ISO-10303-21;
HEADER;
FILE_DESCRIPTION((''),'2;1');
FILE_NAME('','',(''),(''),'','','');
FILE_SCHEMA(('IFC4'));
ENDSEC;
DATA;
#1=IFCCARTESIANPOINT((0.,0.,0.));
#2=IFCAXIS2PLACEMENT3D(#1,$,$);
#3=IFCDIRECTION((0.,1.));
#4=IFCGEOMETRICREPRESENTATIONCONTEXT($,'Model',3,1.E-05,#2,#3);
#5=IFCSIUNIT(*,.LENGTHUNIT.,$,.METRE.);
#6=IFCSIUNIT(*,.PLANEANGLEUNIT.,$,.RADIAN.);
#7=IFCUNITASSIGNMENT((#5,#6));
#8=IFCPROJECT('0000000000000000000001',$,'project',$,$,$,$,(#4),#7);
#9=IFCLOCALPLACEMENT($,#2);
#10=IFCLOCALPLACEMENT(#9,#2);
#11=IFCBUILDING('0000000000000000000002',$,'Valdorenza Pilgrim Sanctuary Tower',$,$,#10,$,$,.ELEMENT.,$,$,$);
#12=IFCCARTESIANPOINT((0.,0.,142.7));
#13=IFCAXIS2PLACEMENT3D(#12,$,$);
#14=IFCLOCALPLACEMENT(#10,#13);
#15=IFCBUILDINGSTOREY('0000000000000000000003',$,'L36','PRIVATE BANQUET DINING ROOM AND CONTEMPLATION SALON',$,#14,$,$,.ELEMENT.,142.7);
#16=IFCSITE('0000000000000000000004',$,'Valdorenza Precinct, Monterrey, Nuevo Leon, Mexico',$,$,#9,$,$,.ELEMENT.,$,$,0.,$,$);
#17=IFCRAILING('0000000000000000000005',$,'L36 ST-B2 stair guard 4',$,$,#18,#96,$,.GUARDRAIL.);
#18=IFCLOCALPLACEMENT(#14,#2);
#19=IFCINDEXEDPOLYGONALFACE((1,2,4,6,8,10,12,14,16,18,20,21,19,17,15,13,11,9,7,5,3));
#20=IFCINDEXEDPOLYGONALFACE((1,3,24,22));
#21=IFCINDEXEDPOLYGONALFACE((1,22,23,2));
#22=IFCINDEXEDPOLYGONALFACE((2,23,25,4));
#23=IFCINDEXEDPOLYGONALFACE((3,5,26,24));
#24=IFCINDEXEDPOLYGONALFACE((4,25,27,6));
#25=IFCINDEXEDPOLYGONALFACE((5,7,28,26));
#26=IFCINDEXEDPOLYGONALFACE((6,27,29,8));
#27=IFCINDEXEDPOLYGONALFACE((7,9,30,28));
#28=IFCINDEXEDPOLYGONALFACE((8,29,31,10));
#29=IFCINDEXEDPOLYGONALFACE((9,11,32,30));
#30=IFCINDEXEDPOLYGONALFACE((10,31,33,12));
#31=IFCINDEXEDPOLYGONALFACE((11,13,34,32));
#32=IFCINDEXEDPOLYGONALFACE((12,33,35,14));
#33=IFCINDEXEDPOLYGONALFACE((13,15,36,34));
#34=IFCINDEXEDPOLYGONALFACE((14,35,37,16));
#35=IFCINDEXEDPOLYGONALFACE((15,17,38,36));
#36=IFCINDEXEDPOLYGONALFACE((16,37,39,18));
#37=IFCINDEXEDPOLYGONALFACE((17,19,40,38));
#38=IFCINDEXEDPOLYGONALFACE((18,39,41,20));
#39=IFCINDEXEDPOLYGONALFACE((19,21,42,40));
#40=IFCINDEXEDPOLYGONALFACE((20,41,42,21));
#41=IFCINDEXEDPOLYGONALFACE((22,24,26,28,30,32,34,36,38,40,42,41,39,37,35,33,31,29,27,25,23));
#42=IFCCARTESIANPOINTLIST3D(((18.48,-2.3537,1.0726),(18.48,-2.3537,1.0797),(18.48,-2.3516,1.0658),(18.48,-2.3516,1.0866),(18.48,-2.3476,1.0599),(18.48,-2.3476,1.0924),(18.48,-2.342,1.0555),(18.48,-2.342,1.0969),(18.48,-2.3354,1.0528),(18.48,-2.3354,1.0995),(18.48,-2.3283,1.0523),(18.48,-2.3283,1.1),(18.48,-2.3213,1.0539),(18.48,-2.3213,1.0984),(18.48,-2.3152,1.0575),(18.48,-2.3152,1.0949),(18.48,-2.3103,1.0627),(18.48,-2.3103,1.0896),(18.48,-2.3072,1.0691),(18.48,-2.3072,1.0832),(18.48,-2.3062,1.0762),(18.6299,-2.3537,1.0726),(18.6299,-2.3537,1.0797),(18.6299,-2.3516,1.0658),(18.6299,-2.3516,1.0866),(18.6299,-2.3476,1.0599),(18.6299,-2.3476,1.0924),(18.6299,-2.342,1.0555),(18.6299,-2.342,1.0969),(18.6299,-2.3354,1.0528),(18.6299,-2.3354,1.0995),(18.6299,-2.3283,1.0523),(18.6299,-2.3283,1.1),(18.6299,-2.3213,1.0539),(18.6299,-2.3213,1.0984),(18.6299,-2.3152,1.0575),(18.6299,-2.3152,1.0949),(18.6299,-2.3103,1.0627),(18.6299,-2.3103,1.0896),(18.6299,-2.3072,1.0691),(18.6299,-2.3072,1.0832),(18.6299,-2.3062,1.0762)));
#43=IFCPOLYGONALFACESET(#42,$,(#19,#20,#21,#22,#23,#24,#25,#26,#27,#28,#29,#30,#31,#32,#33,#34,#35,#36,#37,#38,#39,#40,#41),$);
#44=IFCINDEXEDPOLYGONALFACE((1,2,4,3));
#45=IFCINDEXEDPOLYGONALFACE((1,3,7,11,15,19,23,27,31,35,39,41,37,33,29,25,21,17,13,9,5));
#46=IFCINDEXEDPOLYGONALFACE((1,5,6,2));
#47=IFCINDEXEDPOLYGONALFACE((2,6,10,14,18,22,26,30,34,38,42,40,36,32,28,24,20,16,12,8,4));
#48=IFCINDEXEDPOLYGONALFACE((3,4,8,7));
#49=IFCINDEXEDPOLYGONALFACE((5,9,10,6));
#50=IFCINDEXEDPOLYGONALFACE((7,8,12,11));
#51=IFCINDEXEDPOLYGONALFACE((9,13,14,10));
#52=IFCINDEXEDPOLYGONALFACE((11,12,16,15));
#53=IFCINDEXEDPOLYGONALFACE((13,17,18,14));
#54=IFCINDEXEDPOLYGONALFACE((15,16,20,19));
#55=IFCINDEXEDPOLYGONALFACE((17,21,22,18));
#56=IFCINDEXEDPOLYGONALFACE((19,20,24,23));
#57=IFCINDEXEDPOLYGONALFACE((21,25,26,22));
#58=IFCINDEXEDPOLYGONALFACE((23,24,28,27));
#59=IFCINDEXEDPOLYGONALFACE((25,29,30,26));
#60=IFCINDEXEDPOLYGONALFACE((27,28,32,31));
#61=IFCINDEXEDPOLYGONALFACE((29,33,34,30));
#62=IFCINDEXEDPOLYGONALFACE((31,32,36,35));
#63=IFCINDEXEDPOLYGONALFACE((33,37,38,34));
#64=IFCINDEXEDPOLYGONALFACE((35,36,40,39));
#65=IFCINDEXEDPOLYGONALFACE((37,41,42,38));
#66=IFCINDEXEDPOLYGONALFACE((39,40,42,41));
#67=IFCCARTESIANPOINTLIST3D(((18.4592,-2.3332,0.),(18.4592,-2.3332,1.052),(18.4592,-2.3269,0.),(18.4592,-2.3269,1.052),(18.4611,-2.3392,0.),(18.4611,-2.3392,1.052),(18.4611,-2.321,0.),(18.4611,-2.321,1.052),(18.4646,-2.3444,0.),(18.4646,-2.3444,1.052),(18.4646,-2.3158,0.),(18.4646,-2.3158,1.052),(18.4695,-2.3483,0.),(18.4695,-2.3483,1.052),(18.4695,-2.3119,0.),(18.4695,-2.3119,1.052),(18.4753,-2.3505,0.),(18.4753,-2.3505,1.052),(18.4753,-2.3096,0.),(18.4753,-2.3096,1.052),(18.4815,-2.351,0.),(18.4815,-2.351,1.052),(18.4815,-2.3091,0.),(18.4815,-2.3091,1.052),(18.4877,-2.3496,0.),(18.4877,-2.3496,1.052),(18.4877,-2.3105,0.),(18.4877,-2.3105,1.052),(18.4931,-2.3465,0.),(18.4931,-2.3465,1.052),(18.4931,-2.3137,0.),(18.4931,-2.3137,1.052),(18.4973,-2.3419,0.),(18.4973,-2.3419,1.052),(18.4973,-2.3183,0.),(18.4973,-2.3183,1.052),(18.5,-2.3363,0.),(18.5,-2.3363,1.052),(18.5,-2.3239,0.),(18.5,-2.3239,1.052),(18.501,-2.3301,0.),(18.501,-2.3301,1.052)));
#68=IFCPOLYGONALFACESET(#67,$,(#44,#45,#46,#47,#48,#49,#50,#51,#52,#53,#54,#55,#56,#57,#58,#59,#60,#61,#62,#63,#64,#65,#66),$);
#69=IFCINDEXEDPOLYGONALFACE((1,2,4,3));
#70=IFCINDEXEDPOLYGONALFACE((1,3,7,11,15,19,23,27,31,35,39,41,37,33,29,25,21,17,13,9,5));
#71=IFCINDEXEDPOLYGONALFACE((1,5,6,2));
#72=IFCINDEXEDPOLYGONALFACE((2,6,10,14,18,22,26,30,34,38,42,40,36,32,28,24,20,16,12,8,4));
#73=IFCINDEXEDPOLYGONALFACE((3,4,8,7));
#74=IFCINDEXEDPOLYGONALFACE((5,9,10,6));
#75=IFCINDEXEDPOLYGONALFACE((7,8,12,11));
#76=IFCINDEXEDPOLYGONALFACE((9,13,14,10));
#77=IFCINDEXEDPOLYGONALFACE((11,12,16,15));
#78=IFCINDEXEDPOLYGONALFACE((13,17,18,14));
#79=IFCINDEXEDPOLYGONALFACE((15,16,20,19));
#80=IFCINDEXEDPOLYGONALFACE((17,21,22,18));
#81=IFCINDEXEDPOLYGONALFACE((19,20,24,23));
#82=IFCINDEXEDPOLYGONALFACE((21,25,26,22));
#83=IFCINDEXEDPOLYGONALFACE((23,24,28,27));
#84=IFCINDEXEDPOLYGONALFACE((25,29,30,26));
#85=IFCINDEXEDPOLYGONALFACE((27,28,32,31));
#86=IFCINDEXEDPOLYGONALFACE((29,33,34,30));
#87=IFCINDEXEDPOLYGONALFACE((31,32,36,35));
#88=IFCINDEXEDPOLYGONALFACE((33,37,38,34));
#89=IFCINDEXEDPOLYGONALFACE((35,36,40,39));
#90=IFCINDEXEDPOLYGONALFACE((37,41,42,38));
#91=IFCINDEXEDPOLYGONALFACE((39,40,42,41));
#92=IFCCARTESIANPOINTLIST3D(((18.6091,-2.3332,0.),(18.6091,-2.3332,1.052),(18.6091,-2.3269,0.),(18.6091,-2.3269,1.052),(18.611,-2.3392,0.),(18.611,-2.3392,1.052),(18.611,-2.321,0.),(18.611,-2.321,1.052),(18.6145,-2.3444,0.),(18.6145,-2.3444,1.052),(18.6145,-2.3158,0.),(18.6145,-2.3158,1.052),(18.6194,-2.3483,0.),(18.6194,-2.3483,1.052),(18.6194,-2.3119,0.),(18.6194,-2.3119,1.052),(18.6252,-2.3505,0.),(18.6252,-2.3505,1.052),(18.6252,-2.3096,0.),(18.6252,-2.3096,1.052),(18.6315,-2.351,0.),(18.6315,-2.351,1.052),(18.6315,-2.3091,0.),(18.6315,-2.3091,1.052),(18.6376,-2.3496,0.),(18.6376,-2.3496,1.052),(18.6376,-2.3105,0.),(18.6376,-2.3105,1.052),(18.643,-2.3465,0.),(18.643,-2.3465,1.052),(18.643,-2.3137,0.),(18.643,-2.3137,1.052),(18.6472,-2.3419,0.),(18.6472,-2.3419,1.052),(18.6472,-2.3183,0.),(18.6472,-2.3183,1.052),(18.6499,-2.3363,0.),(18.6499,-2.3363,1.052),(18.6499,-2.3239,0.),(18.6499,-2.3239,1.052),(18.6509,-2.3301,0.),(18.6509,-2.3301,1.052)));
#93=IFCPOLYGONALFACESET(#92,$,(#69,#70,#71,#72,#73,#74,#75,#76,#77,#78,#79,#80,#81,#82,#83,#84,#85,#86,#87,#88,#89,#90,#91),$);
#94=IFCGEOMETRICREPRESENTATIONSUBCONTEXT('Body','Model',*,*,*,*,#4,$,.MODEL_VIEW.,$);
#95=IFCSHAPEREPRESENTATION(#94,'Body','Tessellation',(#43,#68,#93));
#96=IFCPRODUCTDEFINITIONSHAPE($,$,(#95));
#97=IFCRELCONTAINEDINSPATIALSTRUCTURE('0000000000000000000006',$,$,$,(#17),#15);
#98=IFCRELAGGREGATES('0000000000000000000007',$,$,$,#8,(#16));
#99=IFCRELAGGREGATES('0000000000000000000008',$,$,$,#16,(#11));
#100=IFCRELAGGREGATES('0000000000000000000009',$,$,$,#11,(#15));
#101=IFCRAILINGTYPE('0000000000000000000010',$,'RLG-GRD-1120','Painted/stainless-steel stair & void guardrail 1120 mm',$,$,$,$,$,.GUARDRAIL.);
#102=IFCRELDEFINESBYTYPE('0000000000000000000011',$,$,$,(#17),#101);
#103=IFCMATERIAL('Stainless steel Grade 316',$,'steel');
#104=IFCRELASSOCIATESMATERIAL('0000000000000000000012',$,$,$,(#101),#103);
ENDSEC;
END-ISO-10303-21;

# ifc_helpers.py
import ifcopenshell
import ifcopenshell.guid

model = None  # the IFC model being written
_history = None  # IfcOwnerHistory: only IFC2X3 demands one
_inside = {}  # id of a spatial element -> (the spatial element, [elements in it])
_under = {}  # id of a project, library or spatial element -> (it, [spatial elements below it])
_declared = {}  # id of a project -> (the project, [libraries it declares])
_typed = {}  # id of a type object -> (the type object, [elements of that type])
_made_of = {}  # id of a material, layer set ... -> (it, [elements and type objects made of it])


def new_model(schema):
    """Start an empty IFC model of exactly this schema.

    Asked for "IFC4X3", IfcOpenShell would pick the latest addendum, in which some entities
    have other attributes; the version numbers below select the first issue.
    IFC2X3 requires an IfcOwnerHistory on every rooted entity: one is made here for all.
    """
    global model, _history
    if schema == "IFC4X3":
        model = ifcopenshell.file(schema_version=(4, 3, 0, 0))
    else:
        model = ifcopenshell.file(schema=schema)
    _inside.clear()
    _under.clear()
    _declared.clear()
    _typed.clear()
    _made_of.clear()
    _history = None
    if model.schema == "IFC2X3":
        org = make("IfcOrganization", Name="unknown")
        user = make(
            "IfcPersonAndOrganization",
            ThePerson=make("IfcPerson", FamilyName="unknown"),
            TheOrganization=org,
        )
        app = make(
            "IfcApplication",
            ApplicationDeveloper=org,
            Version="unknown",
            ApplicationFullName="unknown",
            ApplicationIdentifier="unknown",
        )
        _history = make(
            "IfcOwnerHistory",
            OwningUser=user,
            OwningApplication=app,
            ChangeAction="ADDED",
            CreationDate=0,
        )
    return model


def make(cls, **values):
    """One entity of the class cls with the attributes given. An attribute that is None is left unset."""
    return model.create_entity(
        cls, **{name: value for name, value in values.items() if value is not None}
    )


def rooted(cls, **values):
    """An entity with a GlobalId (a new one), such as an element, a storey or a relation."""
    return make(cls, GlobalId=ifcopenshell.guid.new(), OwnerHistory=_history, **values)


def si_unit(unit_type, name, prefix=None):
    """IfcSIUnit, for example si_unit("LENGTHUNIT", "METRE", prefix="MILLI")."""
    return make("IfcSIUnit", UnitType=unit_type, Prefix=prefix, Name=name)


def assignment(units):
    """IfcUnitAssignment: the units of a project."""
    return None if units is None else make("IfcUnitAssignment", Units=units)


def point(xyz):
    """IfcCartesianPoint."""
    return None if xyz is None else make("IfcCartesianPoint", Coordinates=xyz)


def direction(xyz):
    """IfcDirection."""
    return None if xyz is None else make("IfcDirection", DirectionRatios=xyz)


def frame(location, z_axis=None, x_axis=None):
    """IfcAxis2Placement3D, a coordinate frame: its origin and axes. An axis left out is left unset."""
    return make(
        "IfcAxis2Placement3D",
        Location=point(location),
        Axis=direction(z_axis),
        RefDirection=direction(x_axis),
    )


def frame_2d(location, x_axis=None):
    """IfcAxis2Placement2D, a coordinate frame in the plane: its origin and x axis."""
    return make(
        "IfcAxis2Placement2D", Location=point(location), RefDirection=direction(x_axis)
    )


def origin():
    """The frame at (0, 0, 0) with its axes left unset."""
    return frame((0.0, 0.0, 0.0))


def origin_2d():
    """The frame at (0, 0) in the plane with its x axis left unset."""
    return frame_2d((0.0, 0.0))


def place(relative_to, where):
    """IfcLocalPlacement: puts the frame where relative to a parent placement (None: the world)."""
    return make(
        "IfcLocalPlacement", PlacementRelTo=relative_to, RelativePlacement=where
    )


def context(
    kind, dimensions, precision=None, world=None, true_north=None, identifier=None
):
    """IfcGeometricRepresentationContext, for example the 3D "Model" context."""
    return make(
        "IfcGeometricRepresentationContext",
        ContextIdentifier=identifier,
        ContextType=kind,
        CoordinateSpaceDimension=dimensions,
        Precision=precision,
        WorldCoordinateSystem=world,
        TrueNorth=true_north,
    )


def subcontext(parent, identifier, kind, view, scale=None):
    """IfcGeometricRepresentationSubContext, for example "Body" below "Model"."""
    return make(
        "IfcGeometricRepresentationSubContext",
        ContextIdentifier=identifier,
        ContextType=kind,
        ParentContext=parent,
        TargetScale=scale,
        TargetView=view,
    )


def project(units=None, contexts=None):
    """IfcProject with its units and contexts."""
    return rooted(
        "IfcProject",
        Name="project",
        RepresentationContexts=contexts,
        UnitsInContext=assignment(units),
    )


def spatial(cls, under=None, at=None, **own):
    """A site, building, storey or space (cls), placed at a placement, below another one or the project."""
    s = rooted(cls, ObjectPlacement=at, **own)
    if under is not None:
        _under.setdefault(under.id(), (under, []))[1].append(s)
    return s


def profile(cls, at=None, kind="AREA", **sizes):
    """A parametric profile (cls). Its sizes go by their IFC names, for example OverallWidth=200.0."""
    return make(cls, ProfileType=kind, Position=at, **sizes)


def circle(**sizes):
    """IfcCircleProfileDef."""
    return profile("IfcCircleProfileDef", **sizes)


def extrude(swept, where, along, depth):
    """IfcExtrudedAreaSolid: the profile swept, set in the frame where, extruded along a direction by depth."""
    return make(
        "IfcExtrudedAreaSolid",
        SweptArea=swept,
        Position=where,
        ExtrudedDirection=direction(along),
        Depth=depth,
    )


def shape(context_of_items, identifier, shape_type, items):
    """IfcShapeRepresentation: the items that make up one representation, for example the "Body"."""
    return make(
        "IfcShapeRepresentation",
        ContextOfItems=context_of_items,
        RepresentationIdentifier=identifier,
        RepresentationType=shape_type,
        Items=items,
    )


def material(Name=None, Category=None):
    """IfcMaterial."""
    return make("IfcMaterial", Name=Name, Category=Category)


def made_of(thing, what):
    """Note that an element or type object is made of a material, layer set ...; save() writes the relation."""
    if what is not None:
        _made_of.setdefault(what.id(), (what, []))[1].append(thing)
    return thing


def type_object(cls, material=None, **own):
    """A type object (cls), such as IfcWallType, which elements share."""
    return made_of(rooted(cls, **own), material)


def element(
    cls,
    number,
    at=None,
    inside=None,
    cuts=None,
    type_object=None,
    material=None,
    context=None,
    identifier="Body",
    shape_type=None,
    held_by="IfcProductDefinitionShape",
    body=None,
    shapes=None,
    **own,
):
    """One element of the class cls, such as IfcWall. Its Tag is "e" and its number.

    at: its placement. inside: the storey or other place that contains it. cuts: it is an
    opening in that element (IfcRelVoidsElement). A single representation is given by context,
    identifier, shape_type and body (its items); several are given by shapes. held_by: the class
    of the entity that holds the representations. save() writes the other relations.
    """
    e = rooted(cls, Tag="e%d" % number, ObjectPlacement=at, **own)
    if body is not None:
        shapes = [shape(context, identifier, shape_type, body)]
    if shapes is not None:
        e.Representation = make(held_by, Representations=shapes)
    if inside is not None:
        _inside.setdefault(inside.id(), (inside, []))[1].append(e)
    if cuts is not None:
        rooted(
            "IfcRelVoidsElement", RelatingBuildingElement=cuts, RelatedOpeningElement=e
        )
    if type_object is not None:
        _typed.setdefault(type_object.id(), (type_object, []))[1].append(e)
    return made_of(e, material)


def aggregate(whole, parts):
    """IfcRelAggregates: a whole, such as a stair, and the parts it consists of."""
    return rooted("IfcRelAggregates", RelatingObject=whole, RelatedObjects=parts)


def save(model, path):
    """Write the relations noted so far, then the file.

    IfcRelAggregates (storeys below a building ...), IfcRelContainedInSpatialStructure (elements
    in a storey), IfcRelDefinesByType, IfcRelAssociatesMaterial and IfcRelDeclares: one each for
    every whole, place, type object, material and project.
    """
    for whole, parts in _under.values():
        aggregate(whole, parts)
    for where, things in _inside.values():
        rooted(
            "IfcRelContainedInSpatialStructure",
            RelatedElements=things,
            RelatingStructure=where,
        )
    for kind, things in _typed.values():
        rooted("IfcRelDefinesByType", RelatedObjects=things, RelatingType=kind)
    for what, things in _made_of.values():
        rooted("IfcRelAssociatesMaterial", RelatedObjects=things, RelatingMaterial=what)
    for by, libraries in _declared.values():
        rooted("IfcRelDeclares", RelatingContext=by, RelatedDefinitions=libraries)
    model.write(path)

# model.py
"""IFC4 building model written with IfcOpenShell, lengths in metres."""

from ifc_helpers import new_model, si_unit, direction, frame, origin, origin_2d, place, context, subcontext, project, spatial, circle, extrude, material, type_object, element, save


model = new_model("IFC4")

# Units and contexts
model_context = context("Model", 3, precision=1e-05, world=origin(), true_north=direction((0.0, 1.0)))
body_context = subcontext(model_context, "Body", "Model", "MODEL_VIEW")
ifc_project = project(units=[si_unit("LENGTHUNIT", "METRE"), si_unit("PLANEANGLEUNIT", "RADIAN")], contexts=[model_context])

# Site, building, storey
site_placement = place(None, origin())
site = spatial("IfcSite", under=ifc_project, at=site_placement, Name="Valdorenza Precinct, Monterrey, Nuevo Leon, Mexico", CompositionType="ELEMENT", RefElevation=0.0)
building_placement = place(site_placement, origin())
building = spatial("IfcBuilding", under=site, at=building_placement, Name="Valdorenza Pilgrim Sanctuary Tower", CompositionType="ELEMENT")
storey_placement = place(building_placement, frame((0.0, 0.0, 142.7)))
storey = spatial("IfcBuildingStorey", under=building, at=storey_placement, Name="L36", Description="PRIVATE BANQUET DINING ROOM AND CONTEMPLATION SALON", CompositionType="ELEMENT", Elevation=142.7)

# Railing
ifc_material_1 = material(Name="Stainless steel Grade 316", Category="steel")
railing_type_1 = type_object("IfcRailingType", Name="RLG-GRD-1120", Description="Painted/stainless-steel stair & void guardrail 1120 mm", PredefinedType="GUARDRAIL", material=ifc_material_1)
railing_1_placement = place(storey_placement, frame((18.48, -2.3301, 0.0)))
element("IfcRailing", 1, at=railing_1_placement, inside=storey, type_object=railing_type_1, Name="L36 ST-B2 stair guard 4", PredefinedType="GUARDRAIL", context=body_context, shape_type="SweptSolid", body=[
    extrude(circle(Radius=0.0239, at=origin_2d()), frame((0.0, 0.0, 1.0762), z_axis=(1.0, 0.0, 0.0), x_axis=(0.0, 1.0, 0.0)), (0.0, 0.0, 1.0), 0.1499),
    extrude(circle(Radius=0.021, at=origin_2d()), origin(), (0.0, 0.0, 1.0), 1.052),
    extrude(circle(Radius=0.021, at=origin_2d()), frame((0.1499, 0.0, 0.0)), (0.0, 0.0, 1.0), 1.052),
])

save(model, "model.ifc")
